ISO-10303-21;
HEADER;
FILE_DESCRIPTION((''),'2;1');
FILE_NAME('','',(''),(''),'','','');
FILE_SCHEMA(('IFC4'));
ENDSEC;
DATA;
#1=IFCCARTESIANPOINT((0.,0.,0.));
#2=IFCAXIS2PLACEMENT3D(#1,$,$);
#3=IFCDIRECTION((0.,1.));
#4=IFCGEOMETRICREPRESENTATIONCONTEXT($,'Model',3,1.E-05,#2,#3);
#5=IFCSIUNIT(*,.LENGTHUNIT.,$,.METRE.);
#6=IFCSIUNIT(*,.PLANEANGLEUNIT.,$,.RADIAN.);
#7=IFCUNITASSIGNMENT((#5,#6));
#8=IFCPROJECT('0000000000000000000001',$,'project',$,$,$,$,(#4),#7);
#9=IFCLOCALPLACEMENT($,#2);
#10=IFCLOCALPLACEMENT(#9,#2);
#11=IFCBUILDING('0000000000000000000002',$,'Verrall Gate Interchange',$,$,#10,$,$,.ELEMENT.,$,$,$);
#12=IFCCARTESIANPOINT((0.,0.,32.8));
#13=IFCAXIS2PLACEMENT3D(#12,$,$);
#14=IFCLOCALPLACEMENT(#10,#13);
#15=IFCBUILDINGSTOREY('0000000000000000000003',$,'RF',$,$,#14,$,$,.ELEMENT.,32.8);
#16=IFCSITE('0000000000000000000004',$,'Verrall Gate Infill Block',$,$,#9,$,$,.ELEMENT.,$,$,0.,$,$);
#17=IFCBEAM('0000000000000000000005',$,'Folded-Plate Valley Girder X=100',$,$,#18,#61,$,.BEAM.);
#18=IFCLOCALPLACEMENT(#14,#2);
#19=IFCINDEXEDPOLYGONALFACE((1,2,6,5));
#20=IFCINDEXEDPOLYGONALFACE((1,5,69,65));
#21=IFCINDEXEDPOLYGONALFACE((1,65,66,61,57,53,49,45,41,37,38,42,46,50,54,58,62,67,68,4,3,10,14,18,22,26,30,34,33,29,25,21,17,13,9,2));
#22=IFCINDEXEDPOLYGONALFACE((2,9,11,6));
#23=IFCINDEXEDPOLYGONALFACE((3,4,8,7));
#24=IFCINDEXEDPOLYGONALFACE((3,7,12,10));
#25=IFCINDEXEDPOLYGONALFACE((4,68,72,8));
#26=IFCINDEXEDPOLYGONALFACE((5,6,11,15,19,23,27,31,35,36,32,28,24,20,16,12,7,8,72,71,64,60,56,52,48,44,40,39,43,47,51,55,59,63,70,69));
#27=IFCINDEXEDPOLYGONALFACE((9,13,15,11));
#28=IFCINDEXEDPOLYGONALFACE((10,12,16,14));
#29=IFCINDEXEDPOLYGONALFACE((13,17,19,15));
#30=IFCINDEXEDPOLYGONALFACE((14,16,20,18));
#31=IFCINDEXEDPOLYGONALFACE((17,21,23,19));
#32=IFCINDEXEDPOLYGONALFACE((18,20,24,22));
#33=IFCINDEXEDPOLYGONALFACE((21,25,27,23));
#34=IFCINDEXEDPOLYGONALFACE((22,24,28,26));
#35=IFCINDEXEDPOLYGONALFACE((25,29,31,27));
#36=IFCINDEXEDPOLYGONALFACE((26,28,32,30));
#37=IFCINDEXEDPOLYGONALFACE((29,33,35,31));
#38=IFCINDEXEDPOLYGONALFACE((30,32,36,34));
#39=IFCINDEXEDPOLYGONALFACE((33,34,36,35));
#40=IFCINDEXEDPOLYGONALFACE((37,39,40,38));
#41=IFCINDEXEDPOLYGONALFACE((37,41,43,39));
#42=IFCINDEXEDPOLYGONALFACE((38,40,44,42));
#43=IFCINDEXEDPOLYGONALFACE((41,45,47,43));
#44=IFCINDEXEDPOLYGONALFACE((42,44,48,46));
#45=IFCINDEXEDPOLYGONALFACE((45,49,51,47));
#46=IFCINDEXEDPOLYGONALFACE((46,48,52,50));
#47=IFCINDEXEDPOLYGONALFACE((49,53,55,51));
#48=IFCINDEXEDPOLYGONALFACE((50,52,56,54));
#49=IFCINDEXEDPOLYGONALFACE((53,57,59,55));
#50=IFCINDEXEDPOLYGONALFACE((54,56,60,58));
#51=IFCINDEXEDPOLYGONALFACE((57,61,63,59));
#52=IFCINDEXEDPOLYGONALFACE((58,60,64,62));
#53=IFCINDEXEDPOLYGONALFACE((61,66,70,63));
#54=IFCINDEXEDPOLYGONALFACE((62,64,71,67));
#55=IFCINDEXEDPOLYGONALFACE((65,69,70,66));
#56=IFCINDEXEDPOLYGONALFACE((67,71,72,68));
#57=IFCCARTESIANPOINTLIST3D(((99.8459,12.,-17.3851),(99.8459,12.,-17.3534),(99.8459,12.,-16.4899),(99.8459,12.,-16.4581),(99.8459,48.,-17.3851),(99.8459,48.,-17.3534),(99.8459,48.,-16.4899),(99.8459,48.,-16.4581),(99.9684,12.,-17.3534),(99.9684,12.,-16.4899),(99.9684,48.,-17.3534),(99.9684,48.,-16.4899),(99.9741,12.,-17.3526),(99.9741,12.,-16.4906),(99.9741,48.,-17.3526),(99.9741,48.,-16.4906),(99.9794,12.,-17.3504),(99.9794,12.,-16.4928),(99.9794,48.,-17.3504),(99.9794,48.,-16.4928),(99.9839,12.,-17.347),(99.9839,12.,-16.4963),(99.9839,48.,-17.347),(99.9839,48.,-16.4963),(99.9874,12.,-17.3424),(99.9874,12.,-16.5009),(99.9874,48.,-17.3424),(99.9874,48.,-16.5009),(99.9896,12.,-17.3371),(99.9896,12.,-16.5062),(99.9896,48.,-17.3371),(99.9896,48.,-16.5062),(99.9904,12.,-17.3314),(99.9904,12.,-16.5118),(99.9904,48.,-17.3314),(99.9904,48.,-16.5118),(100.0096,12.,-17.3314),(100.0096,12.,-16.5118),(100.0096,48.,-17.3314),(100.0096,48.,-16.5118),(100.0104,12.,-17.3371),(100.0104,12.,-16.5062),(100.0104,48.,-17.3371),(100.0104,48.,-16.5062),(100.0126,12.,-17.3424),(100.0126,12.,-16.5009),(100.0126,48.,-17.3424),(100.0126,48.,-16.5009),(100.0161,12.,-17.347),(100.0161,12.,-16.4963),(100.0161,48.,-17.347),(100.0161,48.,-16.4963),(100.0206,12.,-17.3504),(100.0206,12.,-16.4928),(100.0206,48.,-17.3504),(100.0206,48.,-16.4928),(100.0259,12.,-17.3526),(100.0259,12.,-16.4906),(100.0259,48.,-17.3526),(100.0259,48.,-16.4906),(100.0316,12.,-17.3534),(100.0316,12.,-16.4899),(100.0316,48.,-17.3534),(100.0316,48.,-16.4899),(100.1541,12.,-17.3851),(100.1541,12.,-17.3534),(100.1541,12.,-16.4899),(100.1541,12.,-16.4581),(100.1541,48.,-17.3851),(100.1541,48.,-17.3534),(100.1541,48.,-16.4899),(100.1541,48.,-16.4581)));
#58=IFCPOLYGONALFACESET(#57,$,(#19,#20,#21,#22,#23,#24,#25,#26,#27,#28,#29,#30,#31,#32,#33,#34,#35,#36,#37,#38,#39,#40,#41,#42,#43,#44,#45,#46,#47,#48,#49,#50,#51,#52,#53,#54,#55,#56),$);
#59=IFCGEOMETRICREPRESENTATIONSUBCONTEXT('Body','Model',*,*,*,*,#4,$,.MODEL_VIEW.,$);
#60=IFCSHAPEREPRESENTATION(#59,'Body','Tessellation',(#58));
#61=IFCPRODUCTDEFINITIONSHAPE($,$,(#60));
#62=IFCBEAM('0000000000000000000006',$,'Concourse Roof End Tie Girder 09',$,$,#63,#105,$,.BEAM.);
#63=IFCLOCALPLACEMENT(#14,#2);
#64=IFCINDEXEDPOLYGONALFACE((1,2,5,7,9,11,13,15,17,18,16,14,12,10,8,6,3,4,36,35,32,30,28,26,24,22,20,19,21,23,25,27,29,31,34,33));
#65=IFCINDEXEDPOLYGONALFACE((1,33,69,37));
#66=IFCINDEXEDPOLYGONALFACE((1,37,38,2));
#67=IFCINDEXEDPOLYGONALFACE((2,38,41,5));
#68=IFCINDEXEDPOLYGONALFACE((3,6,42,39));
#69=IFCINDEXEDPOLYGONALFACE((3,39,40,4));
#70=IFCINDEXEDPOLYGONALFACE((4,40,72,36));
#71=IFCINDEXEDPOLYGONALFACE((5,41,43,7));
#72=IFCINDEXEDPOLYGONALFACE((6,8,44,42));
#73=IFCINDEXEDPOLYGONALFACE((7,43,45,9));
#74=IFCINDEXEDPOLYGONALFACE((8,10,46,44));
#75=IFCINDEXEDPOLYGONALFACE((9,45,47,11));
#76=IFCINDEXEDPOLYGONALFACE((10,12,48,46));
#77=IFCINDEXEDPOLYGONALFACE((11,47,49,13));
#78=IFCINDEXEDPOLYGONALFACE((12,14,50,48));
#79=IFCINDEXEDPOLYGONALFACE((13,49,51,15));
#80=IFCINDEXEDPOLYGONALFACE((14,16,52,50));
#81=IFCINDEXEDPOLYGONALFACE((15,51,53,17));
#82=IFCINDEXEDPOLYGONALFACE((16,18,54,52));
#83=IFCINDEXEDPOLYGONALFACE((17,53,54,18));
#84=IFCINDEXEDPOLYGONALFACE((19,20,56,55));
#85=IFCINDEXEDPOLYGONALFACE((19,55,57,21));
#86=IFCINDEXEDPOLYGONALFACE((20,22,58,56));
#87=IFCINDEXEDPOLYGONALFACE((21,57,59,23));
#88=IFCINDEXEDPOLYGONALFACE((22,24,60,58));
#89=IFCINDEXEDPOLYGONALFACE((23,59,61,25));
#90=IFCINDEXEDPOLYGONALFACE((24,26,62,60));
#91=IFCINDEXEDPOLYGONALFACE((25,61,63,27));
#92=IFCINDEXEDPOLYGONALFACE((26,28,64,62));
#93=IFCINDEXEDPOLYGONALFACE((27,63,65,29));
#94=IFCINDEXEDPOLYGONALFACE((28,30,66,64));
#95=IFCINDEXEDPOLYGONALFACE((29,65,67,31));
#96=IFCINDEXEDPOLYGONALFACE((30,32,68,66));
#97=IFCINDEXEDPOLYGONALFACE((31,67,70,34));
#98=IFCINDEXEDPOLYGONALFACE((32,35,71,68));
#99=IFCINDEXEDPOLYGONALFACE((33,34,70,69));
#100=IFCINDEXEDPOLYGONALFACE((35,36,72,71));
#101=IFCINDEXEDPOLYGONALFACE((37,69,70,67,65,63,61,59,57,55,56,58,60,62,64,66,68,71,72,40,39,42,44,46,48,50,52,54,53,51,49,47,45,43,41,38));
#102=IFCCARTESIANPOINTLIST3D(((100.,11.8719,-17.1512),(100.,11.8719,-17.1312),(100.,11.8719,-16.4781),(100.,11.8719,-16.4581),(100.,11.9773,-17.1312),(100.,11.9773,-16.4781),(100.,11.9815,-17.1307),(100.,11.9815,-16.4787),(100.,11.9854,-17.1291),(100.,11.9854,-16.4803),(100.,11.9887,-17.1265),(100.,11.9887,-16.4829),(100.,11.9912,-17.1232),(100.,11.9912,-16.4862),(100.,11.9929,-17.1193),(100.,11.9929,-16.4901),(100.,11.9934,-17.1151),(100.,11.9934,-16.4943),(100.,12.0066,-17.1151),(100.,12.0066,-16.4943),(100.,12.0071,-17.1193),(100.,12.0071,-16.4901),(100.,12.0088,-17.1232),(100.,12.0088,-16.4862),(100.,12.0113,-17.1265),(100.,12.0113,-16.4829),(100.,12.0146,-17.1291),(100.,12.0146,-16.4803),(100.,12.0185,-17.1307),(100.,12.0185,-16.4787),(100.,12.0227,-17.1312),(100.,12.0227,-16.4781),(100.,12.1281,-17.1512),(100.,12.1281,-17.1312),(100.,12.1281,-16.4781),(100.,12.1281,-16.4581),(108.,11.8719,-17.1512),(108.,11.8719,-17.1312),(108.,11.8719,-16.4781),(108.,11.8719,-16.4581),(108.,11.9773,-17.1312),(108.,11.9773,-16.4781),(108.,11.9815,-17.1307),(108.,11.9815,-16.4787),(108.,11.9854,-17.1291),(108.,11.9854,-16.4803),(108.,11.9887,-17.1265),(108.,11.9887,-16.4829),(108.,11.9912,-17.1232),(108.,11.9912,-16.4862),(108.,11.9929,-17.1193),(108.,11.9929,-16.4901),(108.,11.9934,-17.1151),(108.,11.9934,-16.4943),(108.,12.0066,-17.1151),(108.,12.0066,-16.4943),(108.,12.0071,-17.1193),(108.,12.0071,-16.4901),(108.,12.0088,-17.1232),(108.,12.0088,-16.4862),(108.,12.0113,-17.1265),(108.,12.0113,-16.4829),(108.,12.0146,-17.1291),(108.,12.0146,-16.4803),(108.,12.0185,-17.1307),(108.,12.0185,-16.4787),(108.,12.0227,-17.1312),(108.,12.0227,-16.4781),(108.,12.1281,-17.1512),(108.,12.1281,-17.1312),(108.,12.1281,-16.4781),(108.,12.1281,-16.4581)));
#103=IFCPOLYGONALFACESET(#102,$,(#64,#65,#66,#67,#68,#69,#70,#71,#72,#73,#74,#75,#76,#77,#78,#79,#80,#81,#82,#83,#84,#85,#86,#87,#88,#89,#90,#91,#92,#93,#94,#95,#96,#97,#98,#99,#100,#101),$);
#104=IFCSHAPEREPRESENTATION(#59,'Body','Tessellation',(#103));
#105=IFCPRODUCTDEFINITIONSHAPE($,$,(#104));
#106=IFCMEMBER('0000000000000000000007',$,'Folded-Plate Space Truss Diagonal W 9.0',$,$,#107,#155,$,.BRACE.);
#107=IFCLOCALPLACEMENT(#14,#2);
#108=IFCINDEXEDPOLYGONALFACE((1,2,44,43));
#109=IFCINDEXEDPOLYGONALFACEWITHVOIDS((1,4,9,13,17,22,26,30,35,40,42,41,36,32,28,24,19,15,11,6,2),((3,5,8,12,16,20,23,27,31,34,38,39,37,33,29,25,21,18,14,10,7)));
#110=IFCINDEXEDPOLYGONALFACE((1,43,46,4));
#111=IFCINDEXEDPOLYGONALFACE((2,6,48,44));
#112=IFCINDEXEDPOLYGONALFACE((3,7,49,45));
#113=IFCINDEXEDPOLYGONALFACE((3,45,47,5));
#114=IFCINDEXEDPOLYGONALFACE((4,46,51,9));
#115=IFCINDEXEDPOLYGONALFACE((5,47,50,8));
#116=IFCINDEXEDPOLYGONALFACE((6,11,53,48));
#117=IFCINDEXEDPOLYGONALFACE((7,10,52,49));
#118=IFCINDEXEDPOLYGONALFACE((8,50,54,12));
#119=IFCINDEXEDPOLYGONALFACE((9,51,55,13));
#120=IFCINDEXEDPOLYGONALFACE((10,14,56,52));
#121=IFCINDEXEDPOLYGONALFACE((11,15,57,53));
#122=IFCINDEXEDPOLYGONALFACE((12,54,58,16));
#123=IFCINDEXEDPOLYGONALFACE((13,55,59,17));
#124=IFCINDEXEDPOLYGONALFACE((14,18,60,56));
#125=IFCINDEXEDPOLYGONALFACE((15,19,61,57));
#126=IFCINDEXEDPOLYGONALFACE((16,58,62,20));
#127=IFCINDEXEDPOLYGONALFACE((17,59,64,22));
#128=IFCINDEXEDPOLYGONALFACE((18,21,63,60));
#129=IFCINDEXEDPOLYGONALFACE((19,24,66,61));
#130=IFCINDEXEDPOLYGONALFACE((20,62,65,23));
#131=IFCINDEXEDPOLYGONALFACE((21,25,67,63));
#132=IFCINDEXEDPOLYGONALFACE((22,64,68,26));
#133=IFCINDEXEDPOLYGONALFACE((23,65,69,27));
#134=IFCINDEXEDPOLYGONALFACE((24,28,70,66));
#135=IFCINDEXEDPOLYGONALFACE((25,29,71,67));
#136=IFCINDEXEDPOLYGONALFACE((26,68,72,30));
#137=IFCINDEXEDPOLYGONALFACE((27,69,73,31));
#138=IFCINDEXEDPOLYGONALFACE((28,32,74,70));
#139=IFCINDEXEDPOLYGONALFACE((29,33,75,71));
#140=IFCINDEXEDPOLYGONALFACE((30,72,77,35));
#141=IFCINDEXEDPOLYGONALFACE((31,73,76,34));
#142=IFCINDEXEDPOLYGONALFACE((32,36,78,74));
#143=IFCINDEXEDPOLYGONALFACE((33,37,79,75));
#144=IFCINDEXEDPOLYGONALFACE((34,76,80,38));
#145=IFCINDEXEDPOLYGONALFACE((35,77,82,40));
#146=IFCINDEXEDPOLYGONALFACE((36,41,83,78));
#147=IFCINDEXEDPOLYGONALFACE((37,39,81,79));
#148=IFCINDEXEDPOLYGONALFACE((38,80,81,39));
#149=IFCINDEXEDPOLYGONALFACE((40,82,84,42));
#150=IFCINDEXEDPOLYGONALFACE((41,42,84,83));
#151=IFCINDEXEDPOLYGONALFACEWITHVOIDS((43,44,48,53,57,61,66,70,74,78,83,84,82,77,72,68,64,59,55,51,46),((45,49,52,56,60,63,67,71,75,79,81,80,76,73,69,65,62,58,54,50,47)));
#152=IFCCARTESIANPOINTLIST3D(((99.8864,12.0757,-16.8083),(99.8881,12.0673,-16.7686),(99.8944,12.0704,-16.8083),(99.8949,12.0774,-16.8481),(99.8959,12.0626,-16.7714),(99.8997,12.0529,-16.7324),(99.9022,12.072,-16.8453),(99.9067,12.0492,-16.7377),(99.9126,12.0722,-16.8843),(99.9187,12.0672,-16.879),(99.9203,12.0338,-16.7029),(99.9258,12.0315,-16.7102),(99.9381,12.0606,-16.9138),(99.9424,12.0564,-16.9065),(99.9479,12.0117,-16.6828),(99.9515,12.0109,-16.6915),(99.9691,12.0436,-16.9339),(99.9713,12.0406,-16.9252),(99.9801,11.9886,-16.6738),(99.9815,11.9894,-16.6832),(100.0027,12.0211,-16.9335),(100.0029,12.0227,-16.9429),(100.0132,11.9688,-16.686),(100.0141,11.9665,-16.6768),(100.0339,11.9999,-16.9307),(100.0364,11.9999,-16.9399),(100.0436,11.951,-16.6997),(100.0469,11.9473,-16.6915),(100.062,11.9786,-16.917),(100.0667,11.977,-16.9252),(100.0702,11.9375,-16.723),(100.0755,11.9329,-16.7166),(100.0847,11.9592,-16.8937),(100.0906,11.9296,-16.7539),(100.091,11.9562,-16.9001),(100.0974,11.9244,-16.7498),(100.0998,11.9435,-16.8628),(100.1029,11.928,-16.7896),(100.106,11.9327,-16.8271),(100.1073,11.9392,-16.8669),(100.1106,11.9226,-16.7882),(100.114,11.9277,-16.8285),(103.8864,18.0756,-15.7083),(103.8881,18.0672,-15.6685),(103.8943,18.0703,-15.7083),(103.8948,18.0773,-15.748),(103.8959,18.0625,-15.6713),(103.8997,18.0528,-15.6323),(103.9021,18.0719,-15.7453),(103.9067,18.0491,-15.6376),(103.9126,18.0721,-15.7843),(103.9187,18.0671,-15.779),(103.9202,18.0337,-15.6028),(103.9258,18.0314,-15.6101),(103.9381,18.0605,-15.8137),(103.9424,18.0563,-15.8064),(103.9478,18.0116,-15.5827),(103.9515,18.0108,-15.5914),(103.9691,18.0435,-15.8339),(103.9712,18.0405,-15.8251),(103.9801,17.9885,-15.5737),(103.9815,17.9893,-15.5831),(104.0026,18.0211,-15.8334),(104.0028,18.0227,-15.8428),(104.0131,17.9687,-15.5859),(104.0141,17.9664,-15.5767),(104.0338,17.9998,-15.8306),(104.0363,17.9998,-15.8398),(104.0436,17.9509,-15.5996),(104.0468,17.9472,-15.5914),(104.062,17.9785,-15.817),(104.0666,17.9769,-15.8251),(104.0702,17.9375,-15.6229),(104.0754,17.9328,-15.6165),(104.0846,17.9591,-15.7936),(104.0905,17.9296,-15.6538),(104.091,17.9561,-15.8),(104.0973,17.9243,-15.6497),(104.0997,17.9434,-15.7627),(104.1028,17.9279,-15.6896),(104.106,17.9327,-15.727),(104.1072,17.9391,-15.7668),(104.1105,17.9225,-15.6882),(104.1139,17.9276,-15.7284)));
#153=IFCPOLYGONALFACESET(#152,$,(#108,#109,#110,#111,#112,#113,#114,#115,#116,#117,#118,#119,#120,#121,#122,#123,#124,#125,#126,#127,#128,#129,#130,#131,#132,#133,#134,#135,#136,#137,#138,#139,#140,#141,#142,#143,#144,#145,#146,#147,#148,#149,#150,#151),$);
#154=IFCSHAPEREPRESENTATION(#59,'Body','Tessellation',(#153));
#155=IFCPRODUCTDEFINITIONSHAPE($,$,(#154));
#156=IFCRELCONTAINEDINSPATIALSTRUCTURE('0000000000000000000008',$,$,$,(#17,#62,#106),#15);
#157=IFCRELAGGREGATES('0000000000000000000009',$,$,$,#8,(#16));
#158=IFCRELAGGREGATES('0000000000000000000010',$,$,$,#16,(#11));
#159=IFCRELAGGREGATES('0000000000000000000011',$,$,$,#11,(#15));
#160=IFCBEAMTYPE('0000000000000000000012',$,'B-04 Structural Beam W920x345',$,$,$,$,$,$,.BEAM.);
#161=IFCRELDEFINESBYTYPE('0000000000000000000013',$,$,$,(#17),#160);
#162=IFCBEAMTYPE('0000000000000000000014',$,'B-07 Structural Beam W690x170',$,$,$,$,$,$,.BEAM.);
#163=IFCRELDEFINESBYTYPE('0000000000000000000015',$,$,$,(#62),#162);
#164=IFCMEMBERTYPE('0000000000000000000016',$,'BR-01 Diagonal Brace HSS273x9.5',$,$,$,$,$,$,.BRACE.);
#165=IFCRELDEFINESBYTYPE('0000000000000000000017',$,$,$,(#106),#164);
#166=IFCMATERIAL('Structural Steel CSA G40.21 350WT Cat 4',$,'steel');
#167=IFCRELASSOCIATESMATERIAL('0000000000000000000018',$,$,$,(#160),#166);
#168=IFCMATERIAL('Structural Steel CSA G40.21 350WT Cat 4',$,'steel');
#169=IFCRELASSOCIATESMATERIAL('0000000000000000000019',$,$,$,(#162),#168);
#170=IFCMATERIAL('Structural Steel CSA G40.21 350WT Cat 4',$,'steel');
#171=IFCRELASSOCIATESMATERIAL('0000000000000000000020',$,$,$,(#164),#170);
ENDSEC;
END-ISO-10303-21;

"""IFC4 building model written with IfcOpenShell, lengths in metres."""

from ifc_helpers import new_model, si_unit, direction, frame, origin, origin_2d, place, context, subcontext, project, spatial, hollow_circle, i_section, extrude, material, material_profile, profile_set, type_object, element, save


model = new_model("IFC4")

# Units and contexts
model_context = context("Model", 3, precision=1e-05, world=origin(), true_north=direction((0.0, 1.0)))
body_context = subcontext(model_context, "Body", "Model", "MODEL_VIEW")
ifc_project = project(units=[si_unit("LENGTHUNIT", "METRE"), si_unit("PLANEANGLEUNIT", "RADIAN")], contexts=[model_context])

# Site, building, storey
site_placement = place(None, origin())
site = spatial("IfcSite", under=ifc_project, at=site_placement, Name="Verrall Gate Infill Block", CompositionType="ELEMENT", RefElevation=0.0)
building_placement = place(site_placement, origin())
building = spatial("IfcBuilding", under=site, at=building_placement, Name="Verrall Gate Interchange", CompositionType="ELEMENT")
storey_placement = place(building_placement, frame((0.0, 0.0, 32.8)))
storey = spatial("IfcBuildingStorey", under=building, at=storey_placement, Name="RF", CompositionType="ELEMENT", Elevation=32.8)

# Beams
ifc_material_1 = material(Name="Structural Steel CSA G40.21 350WT Cat 4", Category="steel")
ifc_material_profile_1 = material_profile(ifc_material_1, i_section(OverallWidth=0.3081, OverallDepth=0.927, WebThickness=0.0193, FlangeThickness=0.0317, FilletRadius=0.022, at=origin_2d()), Name="W920x345")
ifc_profile_set_1 = profile_set([ifc_material_profile_1], Name="Structural Steel CSA G40.21 350WT Cat 4")
beam_type_1 = type_object("IfcBeamType", Name="B-04 Structural Beam W920x345", PredefinedType="BEAM", material=ifc_profile_set_1)
beam_1_placement = place(storey_placement, frame((100.0, 12.0, -16.9216), z_axis=(0.0, 1.0, 0.0), x_axis=(-1.0, 0.0, 0.0)))
element("IfcBeam", 1, at=beam_1_placement, inside=storey, type_object=beam_type_1, Name="Folded-Plate Valley Girder X=100", PredefinedType="BEAM", context=body_context, shape_type="SweptSolid", body=[
    extrude(i_section(OverallWidth=0.3081, OverallDepth=0.927, WebThickness=0.0193, FlangeThickness=0.0317, FilletRadius=0.022, at=origin_2d()), origin(), (0.0, 0.0, 1.0), 36.0),
])
ifc_material_2 = material(Name="Structural Steel CSA G40.21 350WT Cat 4", Category="steel")
ifc_material_profile_2 = material_profile(ifc_material_2, i_section(OverallWidth=0.2561, OverallDepth=0.6931, WebThickness=0.0132, FlangeThickness=0.02, FilletRadius=0.0161, at=origin_2d()), Name="W690x170")
ifc_profile_set_2 = profile_set([ifc_material_profile_2], Name="Structural Steel CSA G40.21 350WT Cat 4")
beam_type_2 = type_object("IfcBeamType", Name="B-07 Structural Beam W690x170", PredefinedType="BEAM", material=ifc_profile_set_2)
beam_2_placement = place(storey_placement, frame((100.0, 12.0, -16.8047), z_axis=(1.0, 0.0, 0.0), x_axis=(0.0, 1.0, 0.0)))
element("IfcBeam", 2, at=beam_2_placement, inside=storey, type_object=beam_type_2, Name="Concourse Roof End Tie Girder 09", PredefinedType="BEAM", context=body_context, shape_type="SweptSolid", body=[
    extrude(i_section(OverallWidth=0.2561, OverallDepth=0.6931, WebThickness=0.0132, FlangeThickness=0.02, FilletRadius=0.0161, at=origin_2d()), origin(), (0.0, 0.0, 1.0), 8.0),
])

# Member
ifc_material_3 = material(Name="Structural Steel CSA G40.21 350WT Cat 4", Category="steel")
ifc_material_profile_3 = material_profile(ifc_material_3, hollow_circle(Radius=0.1365, WallThickness=0.0095, at=origin_2d()), Name="HSS273x9.5")
ifc_profile_set_3 = profile_set([ifc_material_profile_3], Name="Structural Steel CSA G40.21 350WT Cat 4")
member_type_1 = type_object("IfcMemberType", Name="BR-01 Diagonal Brace HSS273x9.5", PredefinedType="BRACE", material=ifc_profile_set_3)
for number, where, z_axis, x_axis, name in (
    (3, (100.0, 12.0, -16.8083), (0.548356, 0.822534, 0.150811), (-0.83205, 0.5547, 0.0), "Folded-Plate Space Truss Diagonal W 9.0"),
):
    element("IfcMember", number, at=place(storey_placement, frame(where, z_axis=z_axis, x_axis=x_axis)), inside=storey, type_object=member_type_1, Name=name, PredefinedType="BRACE", context=body_context, shape_type="SweptSolid", body=[
        extrude(hollow_circle(Radius=0.1365, WallThickness=0.0095, at=origin_2d()), origin(), (0.0, 0.0, 1.0), 7.2944),
    ])

save(model, "model.ifc")
